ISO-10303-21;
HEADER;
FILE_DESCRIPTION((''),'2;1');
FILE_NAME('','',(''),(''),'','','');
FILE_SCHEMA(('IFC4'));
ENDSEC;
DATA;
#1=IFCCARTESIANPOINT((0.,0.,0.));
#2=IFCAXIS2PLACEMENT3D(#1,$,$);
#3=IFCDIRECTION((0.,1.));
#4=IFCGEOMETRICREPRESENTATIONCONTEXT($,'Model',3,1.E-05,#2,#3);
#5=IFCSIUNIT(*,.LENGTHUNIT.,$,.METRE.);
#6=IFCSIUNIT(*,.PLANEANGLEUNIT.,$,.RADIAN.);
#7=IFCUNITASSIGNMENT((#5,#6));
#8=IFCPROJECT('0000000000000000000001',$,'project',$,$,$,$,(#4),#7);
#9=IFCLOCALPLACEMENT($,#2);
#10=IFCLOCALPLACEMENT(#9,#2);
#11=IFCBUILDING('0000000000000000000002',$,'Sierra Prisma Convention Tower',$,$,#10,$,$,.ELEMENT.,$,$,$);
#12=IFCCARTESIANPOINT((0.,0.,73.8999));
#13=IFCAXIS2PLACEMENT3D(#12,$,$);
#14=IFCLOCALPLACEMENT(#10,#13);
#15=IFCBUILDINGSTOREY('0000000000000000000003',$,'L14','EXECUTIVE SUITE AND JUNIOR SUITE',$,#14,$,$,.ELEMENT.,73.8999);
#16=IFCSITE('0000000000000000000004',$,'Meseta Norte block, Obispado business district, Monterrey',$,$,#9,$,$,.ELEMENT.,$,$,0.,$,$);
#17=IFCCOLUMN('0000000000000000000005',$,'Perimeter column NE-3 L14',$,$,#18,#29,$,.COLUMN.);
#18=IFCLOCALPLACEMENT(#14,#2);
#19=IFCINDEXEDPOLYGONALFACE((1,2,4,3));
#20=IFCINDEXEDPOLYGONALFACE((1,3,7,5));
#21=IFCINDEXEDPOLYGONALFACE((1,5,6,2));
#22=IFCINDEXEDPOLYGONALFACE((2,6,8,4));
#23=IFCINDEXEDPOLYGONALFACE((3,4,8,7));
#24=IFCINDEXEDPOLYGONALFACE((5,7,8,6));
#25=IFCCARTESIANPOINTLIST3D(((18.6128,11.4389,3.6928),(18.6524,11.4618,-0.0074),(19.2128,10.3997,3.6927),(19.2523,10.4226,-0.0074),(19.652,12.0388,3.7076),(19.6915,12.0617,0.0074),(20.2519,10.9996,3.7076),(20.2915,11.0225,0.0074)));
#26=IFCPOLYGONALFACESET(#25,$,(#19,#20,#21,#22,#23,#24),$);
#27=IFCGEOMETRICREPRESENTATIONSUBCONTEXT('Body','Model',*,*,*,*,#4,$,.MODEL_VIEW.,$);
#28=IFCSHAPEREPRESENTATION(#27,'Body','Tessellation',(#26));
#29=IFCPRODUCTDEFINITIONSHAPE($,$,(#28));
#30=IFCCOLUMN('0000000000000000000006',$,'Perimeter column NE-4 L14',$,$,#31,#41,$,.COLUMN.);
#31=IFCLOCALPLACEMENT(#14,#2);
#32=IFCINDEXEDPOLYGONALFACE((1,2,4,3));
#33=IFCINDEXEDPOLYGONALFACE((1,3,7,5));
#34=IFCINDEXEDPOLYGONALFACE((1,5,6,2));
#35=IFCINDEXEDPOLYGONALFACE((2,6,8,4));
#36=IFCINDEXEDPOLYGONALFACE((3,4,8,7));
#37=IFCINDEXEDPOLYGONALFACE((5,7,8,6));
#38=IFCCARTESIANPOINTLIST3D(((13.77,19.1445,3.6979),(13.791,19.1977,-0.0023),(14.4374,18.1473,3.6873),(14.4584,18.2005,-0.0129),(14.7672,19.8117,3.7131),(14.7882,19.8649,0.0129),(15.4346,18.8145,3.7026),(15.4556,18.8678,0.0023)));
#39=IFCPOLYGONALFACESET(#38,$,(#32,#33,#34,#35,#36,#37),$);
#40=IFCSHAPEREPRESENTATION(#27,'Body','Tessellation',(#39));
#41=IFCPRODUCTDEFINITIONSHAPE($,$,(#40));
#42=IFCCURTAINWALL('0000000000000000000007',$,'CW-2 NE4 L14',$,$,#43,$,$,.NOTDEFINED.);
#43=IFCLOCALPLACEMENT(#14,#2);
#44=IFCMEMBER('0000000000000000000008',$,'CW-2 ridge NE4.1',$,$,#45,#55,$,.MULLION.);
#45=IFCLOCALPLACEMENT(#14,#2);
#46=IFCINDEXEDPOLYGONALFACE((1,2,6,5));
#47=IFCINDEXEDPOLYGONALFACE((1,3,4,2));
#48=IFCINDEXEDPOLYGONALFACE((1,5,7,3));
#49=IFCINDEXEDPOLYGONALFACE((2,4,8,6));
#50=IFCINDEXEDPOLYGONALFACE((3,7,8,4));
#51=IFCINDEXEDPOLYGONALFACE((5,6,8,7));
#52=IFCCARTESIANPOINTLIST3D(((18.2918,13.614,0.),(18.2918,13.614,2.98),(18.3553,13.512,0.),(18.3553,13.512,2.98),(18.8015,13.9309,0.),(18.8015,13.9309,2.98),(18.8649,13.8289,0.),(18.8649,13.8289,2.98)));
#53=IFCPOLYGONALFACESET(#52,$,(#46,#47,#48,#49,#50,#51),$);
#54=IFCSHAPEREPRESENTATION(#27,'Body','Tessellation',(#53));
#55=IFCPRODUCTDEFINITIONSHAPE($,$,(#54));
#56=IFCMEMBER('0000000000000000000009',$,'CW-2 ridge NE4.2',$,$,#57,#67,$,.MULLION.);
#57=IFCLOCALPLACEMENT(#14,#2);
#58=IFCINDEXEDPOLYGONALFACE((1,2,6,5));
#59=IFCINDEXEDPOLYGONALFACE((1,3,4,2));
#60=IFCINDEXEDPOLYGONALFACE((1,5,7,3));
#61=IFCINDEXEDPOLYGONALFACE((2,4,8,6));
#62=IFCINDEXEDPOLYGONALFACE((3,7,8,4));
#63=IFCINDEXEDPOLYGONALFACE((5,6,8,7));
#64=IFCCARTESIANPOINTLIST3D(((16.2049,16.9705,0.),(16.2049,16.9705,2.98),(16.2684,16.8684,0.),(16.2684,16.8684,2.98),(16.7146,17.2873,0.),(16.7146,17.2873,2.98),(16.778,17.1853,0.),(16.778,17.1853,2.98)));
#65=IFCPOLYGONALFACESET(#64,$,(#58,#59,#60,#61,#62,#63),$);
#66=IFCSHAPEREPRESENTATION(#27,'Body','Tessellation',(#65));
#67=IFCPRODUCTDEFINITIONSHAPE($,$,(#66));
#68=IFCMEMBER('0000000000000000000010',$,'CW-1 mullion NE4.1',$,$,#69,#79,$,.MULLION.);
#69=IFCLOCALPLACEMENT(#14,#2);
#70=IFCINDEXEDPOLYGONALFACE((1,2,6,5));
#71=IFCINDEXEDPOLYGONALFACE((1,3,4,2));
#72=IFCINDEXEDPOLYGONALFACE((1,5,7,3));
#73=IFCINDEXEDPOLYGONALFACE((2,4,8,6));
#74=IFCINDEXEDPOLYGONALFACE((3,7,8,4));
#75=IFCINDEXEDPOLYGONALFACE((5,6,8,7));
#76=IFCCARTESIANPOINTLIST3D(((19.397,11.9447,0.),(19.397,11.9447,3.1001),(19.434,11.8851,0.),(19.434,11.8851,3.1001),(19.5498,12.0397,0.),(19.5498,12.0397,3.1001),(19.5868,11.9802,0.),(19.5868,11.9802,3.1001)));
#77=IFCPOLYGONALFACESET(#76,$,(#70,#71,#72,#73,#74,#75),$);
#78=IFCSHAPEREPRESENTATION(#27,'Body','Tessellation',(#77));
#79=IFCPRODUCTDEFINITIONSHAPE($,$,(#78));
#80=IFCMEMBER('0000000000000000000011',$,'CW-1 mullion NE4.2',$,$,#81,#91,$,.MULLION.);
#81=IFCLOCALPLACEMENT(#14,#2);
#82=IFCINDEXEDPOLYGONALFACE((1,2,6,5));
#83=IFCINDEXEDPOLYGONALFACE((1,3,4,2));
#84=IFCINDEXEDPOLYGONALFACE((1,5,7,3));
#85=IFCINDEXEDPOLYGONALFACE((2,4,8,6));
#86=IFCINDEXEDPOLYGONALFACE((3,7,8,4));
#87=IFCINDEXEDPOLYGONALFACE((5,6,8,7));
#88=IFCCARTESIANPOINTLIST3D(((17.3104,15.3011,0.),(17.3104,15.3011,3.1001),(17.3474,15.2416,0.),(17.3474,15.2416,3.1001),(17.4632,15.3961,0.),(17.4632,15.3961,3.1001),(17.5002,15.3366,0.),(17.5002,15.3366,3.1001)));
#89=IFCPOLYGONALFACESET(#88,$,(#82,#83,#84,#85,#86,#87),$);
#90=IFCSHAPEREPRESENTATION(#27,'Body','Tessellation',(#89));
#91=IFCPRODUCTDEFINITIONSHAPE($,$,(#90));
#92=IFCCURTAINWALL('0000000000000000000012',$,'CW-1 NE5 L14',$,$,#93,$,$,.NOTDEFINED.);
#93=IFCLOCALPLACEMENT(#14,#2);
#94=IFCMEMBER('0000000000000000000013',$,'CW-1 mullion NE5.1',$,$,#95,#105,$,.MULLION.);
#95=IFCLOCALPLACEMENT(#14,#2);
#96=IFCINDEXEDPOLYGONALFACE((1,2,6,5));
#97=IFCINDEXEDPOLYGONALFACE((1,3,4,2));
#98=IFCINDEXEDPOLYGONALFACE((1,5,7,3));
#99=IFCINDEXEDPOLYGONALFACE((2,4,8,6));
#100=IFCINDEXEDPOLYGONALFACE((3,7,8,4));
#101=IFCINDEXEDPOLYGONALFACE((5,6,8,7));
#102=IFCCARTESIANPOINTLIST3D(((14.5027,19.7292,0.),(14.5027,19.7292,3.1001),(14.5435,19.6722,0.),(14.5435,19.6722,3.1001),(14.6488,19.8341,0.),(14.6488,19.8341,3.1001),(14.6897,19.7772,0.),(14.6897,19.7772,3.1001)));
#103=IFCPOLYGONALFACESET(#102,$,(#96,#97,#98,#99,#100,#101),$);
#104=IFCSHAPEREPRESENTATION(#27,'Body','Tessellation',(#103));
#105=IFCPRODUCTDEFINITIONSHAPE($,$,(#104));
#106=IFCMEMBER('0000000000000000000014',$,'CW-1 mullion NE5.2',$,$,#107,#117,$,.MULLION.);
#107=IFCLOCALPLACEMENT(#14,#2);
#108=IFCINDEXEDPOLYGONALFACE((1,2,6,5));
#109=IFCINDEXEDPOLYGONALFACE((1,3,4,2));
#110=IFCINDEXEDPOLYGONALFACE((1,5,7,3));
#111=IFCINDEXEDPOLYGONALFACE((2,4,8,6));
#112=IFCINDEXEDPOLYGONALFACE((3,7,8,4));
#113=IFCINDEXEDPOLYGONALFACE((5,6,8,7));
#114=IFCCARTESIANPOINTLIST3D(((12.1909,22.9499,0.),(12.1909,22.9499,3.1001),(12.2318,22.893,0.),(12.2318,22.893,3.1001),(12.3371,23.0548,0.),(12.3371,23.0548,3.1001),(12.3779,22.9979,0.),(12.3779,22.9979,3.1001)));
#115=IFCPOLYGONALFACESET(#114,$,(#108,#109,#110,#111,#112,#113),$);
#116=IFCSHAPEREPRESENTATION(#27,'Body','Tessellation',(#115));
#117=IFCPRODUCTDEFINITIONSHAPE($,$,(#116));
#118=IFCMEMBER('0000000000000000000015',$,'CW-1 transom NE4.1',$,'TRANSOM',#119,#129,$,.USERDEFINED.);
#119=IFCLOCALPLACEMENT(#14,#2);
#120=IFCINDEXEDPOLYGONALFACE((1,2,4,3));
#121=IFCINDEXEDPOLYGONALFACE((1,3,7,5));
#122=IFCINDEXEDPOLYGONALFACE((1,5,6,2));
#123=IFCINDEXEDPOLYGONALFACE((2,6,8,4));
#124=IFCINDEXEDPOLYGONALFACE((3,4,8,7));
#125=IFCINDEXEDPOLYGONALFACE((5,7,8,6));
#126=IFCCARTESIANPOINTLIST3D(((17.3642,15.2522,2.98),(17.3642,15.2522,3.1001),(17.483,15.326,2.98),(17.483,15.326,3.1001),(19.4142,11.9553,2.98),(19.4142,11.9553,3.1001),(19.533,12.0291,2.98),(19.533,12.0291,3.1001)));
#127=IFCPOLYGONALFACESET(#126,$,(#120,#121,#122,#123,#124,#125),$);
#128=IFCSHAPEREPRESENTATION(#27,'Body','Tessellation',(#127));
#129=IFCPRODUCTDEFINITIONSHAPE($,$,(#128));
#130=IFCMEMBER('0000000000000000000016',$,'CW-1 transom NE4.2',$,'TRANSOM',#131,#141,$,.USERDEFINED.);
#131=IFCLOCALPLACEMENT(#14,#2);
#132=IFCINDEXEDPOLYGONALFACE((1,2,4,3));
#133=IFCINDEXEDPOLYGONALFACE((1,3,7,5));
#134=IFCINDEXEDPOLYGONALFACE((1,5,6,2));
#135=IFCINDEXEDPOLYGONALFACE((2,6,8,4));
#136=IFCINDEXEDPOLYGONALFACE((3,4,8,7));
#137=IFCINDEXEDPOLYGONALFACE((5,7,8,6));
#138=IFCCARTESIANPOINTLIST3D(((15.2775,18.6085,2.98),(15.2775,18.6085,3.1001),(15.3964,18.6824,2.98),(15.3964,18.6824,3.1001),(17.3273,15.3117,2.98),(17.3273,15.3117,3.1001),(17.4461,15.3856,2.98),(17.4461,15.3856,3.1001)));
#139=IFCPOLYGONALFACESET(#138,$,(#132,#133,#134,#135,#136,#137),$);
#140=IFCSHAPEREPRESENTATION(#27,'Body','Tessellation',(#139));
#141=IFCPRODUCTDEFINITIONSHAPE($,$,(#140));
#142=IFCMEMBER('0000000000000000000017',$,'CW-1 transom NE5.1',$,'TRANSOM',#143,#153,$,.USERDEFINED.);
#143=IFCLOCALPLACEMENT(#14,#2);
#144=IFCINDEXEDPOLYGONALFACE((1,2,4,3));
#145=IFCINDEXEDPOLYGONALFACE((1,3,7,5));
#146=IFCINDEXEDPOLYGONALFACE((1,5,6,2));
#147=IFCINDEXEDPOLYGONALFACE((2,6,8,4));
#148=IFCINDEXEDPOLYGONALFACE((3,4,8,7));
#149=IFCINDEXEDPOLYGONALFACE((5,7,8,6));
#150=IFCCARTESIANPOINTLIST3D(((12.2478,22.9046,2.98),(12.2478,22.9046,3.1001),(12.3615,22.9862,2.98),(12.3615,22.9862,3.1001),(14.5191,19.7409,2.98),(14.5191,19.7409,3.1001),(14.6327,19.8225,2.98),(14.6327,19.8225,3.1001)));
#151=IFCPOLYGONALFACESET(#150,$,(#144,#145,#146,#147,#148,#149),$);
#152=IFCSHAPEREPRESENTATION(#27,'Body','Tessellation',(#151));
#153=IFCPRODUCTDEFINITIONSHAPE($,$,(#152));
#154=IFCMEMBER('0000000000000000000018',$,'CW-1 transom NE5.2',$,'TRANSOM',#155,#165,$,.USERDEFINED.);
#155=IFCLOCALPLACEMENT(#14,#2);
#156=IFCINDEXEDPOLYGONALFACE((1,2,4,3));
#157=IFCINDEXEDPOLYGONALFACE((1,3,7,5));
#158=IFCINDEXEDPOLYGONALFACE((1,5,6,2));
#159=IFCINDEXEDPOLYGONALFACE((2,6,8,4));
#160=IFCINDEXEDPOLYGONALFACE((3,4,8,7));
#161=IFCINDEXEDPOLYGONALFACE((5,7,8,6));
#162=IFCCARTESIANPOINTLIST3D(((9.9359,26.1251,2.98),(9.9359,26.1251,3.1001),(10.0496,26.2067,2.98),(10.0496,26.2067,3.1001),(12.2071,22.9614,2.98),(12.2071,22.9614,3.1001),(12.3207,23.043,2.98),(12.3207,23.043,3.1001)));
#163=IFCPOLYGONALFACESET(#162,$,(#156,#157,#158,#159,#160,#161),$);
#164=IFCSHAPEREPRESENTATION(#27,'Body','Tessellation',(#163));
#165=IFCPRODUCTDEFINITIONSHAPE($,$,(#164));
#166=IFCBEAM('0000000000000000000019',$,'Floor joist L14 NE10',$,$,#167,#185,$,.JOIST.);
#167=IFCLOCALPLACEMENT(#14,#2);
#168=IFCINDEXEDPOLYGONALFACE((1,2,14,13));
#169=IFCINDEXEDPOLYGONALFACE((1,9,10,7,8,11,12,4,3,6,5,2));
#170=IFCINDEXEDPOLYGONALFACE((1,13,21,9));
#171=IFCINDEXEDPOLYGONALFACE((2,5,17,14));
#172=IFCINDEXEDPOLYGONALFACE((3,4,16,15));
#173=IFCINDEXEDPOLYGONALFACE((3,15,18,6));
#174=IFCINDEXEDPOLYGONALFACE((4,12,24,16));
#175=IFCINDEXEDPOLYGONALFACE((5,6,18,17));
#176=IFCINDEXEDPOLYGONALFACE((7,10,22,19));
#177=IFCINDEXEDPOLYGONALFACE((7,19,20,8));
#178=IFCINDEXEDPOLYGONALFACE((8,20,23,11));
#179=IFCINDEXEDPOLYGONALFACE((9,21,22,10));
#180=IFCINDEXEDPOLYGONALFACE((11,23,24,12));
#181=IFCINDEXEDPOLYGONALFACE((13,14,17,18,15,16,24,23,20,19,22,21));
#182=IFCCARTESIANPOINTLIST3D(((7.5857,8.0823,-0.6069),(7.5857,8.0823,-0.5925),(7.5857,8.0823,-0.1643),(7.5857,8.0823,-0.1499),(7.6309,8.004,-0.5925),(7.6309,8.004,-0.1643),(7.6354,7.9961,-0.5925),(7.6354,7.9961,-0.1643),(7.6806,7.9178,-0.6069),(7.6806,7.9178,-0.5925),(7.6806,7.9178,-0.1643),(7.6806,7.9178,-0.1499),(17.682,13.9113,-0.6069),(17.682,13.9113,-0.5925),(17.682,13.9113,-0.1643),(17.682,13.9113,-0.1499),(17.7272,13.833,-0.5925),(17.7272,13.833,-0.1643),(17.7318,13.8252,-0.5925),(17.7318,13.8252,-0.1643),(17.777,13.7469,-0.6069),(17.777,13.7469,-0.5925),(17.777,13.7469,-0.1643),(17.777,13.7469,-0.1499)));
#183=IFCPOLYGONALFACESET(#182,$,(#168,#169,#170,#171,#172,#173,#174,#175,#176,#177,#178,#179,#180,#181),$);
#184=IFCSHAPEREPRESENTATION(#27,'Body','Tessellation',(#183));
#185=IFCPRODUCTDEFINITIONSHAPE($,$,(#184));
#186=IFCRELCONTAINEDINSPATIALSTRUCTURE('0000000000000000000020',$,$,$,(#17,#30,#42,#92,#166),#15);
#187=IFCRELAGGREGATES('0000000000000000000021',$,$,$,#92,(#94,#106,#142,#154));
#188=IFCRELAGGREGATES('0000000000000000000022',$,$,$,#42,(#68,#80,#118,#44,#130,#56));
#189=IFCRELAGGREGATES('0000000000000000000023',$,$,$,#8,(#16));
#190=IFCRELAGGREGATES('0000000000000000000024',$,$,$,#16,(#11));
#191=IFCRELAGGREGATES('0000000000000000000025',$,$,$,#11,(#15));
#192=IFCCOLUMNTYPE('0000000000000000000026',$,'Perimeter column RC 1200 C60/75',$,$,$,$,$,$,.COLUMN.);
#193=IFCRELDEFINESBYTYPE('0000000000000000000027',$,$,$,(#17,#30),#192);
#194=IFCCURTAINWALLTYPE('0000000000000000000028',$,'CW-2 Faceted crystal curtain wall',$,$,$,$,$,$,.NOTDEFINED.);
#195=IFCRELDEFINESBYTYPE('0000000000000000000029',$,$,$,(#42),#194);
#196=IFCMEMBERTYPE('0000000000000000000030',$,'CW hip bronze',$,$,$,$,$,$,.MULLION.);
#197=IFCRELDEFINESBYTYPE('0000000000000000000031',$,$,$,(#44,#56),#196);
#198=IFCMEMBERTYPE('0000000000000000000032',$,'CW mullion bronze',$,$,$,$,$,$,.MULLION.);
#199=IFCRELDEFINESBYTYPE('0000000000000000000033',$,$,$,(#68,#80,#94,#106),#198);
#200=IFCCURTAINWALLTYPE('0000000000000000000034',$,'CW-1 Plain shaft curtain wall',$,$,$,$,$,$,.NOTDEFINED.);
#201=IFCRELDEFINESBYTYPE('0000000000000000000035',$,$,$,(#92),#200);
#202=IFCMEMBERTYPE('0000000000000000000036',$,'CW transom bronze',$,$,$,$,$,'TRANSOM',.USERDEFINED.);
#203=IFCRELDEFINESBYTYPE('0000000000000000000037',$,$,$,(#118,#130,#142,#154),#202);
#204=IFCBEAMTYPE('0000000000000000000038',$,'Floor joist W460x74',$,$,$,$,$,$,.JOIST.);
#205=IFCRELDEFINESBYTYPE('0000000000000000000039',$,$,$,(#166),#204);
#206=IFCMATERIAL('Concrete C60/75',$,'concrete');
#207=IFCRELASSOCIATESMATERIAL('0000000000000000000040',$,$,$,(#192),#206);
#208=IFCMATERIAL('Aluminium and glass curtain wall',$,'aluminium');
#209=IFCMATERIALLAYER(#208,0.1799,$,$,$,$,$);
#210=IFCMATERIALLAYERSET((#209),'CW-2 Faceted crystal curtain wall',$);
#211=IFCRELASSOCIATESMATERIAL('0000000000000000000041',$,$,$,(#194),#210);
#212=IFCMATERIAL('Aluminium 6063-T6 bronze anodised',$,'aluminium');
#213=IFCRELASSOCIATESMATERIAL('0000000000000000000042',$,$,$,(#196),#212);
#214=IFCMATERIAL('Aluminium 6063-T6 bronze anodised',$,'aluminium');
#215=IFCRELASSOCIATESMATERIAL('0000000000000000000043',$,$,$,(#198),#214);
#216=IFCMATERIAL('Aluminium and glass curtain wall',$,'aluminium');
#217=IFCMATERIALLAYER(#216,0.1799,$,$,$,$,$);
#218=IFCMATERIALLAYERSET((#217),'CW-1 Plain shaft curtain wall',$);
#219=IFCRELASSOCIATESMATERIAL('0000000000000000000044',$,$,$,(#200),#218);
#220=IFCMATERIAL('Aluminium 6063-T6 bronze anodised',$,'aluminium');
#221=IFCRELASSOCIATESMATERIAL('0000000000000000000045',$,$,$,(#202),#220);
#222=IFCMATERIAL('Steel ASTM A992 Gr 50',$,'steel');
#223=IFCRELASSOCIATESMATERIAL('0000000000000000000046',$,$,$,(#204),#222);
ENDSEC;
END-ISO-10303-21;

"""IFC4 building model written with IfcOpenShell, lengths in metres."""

from ifc_helpers import new_model, si_unit, direction, frame, origin, origin_2d, place, context, subcontext, project, spatial, rectangle, i_section, extrude, material, layer, layer_set, material_profile, profile_set, type_object, element, aggregate, save


model = new_model("IFC4")

# Units and contexts
model_context = context("Model", 3, precision=1e-05, world=origin(), true_north=direction((0.0, 1.0)))
body_context = subcontext(model_context, "Body", "Model", "MODEL_VIEW")
ifc_project = project(units=[si_unit("LENGTHUNIT", "METRE"), si_unit("PLANEANGLEUNIT", "RADIAN")], contexts=[model_context])

# Site, building, storey
site_placement = place(None, origin())
site = spatial("IfcSite", under=ifc_project, at=site_placement, Name="Meseta Norte block, Obispado business district, Monterrey", CompositionType="ELEMENT", RefElevation=0.0)
building_placement = place(site_placement, origin())
building = spatial("IfcBuilding", under=site, at=building_placement, Name="Sierra Prisma Convention Tower", CompositionType="ELEMENT")
storey_placement = place(building_placement, frame((0.0, 0.0, 73.8999)))
storey = spatial("IfcBuildingStorey", under=building, at=storey_placement, Name="L14", Description="EXECUTIVE SUITE AND JUNIOR SUITE", CompositionType="ELEMENT", Elevation=73.8999)

# Columns
ifc_material_1 = material(Name="Concrete C60/75", Category="concrete")
ifc_material_profile_1 = material_profile(ifc_material_1, rectangle(XDim=1.2, YDim=1.2, at=origin_2d()), Name="Perimeter column RC 1200 C60/75")
ifc_profile_set_1 = profile_set([ifc_material_profile_1], Name="Concrete C60/75")
column_type = type_object("IfcColumnType", Name="Perimeter column RC 1200 C60/75", PredefinedType="COLUMN", material=ifc_profile_set_1)
column_1_placement = place(storey_placement, frame((19.4719, 11.2422, 0.0), z_axis=(-0.010688, -0.006202, 0.999924), x_axis=(-0.499971, 0.866042, 0.000027)))
element("IfcColumn", 1, at=column_1_placement, inside=storey, type_object=column_type, Name="Perimeter column NE-3 L14", PredefinedType="COLUMN", context=body_context, shape_type="SweptSolid", body=[
    extrude(rectangle(XDim=1.2, YDim=1.2, at=origin_2d()), origin(), (0.0, 0.0, 1.0), 3.7004),
])
column_2_placement = place(storey_placement, frame((14.6233, 19.0327, 0.0), z_axis=(-0.005674, -0.014382, 0.99988), x_axis=(-0.556182, 0.831014, 0.008797)))
element("IfcColumn", 2, at=column_2_placement, inside=storey, type_object=column_type, Name="Perimeter column NE-4 L14", PredefinedType="COLUMN", context=body_context, shape_type="SweptSolid", body=[
    extrude(rectangle(XDim=1.2, YDim=1.2, at=origin_2d()), origin(), (0.0, 0.0, 1.0), 3.7007),
])

# Curtain walls, members
ifc_material_2 = material(Name="Aluminium and glass curtain wall", Category="aluminium")
ifc_layer_1 = layer(ifc_material_2, 0.1799)
ifc_layer_set_1 = layer_set([ifc_layer_1], Name="CW-2 Faceted crystal curtain wall")
curtain_wall_type_1 = type_object("IfcCurtainWallType", Name="CW-2 Faceted crystal curtain wall", PredefinedType="NOTDEFINED", material=ifc_layer_set_1)
curtain_wall_1_placement = place(storey_placement, origin())
curtain_wall_1 = element("IfcCurtainWall", 3, at=curtain_wall_1_placement, inside=storey, type_object=curtain_wall_type_1, Name="CW-2 NE4 L14", PredefinedType="NOTDEFINED")
ifc_material_3 = material(Name="Aluminium 6063-T6 bronze anodised", Category="aluminium")
ifc_material_profile_2 = material_profile(ifc_material_3, rectangle(XDim=0.1201, YDim=0.6001, at=origin_2d()), Name="ALU RIDGE BLADE 120x600")
ifc_profile_set_2 = profile_set([ifc_material_profile_2], Name="Aluminium 6063-T6 bronze anodised")
member_type_1 = type_object("IfcMemberType", Name="CW hip bronze", PredefinedType="MULLION", material=ifc_profile_set_2)
member_1_placement = place(storey_placement, frame((18.5784, 13.7214, 0.0), z_axis=(0.0, 0.0, 1.0), x_axis=(-0.528011, 0.849237, 0.0)))
member_1 = element("IfcMember", 4, at=member_1_placement, type_object=member_type_1, Name="CW-2 ridge NE4.1", PredefinedType="MULLION", context=body_context, shape_type="SweptSolid", body=[
    extrude(rectangle(XDim=0.1201, YDim=0.6001, at=origin_2d()), origin(), (0.0, 0.0, 1.0), 2.98),
])
member_2_placement = place(storey_placement, frame((16.4915, 17.0779, 0.0), z_axis=(0.0, 0.0, 1.0), x_axis=(-0.528011, 0.849237, 0.0)))
member_2 = element("IfcMember", 5, at=member_2_placement, type_object=member_type_1, Name="CW-2 ridge NE4.2", PredefinedType="MULLION", context=body_context, shape_type="SweptSolid", body=[
    extrude(rectangle(XDim=0.1201, YDim=0.6001, at=origin_2d()), origin(), (0.0, 0.0, 1.0), 2.98),
])
ifc_material_4 = material(Name="Aluminium 6063-T6 bronze anodised", Category="aluminium")
ifc_material_profile_3 = material_profile(ifc_material_4, rectangle(XDim=0.1799, YDim=0.0701, at=origin_2d()), Name="ALU MULLION 70x180")
ifc_profile_set_3 = profile_set([ifc_material_profile_3], Name="Aluminium 6063-T6 bronze anodised")
member_type_2 = type_object("IfcMemberType", Name="CW mullion bronze", PredefinedType="MULLION", material=ifc_profile_set_3)
member_3_placement = place(storey_placement, frame((19.4919, 11.9624, 0.0), z_axis=(0.0, 0.0, 1.0), x_axis=(-0.849237, -0.528011, 0.0)))
member_3 = element("IfcMember", 6, at=member_3_placement, type_object=member_type_2, Name="CW-1 mullion NE4.1", PredefinedType="MULLION", context=body_context, shape_type="SweptSolid", body=[
    extrude(rectangle(XDim=0.1799, YDim=0.0701, at=origin_2d()), origin(), (0.0, 0.0, 1.0), 3.1001),
])
member_4_placement = place(storey_placement, frame((17.4053, 15.3188, 0.0), z_axis=(0.0, 0.0, 1.0), x_axis=(-0.849237, -0.528011, 0.0)))
member_4 = element("IfcMember", 7, at=member_4_placement, type_object=member_type_2, Name="CW-1 mullion NE4.2", PredefinedType="MULLION", context=body_context, shape_type="SweptSolid", body=[
    extrude(rectangle(XDim=0.1799, YDim=0.0701, at=origin_2d()), origin(), (0.0, 0.0, 1.0), 3.1001),
])
ifc_material_5 = material(Name="Aluminium and glass curtain wall", Category="aluminium")
ifc_layer_2 = layer(ifc_material_5, 0.1799)
ifc_layer_set_2 = layer_set([ifc_layer_2], Name="CW-1 Plain shaft curtain wall")
curtain_wall_type_2 = type_object("IfcCurtainWallType", Name="CW-1 Plain shaft curtain wall", PredefinedType="NOTDEFINED", material=ifc_layer_set_2)
curtain_wall_2_placement = place(storey_placement, origin())
curtain_wall_2 = element("IfcCurtainWall", 8, at=curtain_wall_2_placement, inside=storey, type_object=curtain_wall_type_2, Name="CW-1 NE5 L14", PredefinedType="NOTDEFINED")
member_5_placement = place(storey_placement, frame((14.5962, 19.7532, 0.0), z_axis=(0.0, 0.0, 1.0), x_axis=(-0.812348, -0.583174, 0.0)))
member_5 = element("IfcMember", 9, at=member_5_placement, type_object=member_type_2, Name="CW-1 mullion NE5.1", PredefinedType="MULLION", context=body_context, shape_type="SweptSolid", body=[
    extrude(rectangle(XDim=0.1799, YDim=0.0701, at=origin_2d()), origin(), (0.0, 0.0, 1.0), 3.1001),
])
member_6_placement = place(storey_placement, frame((12.2844, 22.9739, 0.0), z_axis=(0.0, 0.0, 1.0), x_axis=(-0.812348, -0.583174, 0.0)))
member_6 = element("IfcMember", 10, at=member_6_placement, type_object=member_type_2, Name="CW-1 mullion NE5.2", PredefinedType="MULLION", context=body_context, shape_type="SweptSolid", body=[
    extrude(rectangle(XDim=0.1799, YDim=0.0701, at=origin_2d()), origin(), (0.0, 0.0, 1.0), 3.1001),
])

# Members
ifc_material_6 = material(Name="Aluminium 6063-T6 bronze anodised", Category="aluminium")
ifc_material_profile_4 = material_profile(ifc_material_6, rectangle(XDim=0.1399, YDim=0.1201, at=origin_2d()), Name="ALU TRANSOM 120x140")
ifc_profile_set_4 = profile_set([ifc_material_profile_4], Name="Aluminium 6063-T6 bronze anodised")
member_type_3 = type_object("IfcMemberType", Name="CW transom bronze", ElementType="TRANSOM", PredefinedType="USERDEFINED", material=ifc_profile_set_4)
member_7_placement = place(storey_placement, frame((19.4736, 11.9922, 3.04), z_axis=(-0.528053, 0.849211, 0.0), x_axis=(-0.849211, -0.528053, 0.0)))
member_7 = element("IfcMember", 11, at=member_7_placement, type_object=member_type_3, Name="CW-1 transom NE4.1", ObjectType="TRANSOM", PredefinedType="USERDEFINED", context=body_context, shape_type="SweptSolid", body=[
    extrude(rectangle(XDim=0.1399, YDim=0.1201, at=origin_2d()), origin(), (0.0, 0.0, 1.0), 3.8823),
])
member_8_placement = place(storey_placement, frame((17.3867, 15.3486, 3.04), z_axis=(-0.528008, 0.84924, 0.0), x_axis=(-0.84924, -0.528008, 0.0)))
member_8 = element("IfcMember", 12, at=member_8_placement, type_object=member_type_3, Name="CW-1 transom NE4.2", ObjectType="TRANSOM", PredefinedType="USERDEFINED", context=body_context, shape_type="SweptSolid", body=[
    extrude(rectangle(XDim=0.1399, YDim=0.1201, at=origin_2d()), origin(), (0.0, 0.0, 1.0), 3.8821),
])
member_9_placement = place(storey_placement, frame((14.5759, 19.7817, 3.04), z_axis=(-0.583199, 0.812329, 0.0), x_axis=(-0.812329, -0.583199, 0.0)))
member_9 = element("IfcMember", 13, at=member_9_placement, type_object=member_type_3, Name="CW-1 transom NE5.1", ObjectType="TRANSOM", PredefinedType="USERDEFINED", context=body_context, shape_type="SweptSolid", body=[
    extrude(rectangle(XDim=0.1399, YDim=0.1201, at=origin_2d()), origin(), (0.0, 0.0, 1.0), 3.8945),
])
member_10_placement = place(storey_placement, frame((12.2639, 23.0022, 3.04), z_axis=(-0.58317, 0.81235, 0.0), x_axis=(-0.81235, -0.58317, 0.0)))
member_10 = element("IfcMember", 14, at=member_10_placement, type_object=member_type_3, Name="CW-1 transom NE5.2", ObjectType="TRANSOM", PredefinedType="USERDEFINED", context=body_context, shape_type="SweptSolid", body=[
    extrude(rectangle(XDim=0.1399, YDim=0.1201, at=origin_2d()), origin(), (0.0, 0.0, 1.0), 3.8945),
])

# Beam
ifc_material_7 = material(Name="Steel ASTM A992 Gr 50", Category="steel")
ifc_material_profile_5 = material_profile(ifc_material_7, i_section(OverallWidth=0.1899, OverallDepth=0.457, WebThickness=0.009, FlangeThickness=0.0144, at=origin_2d()), Name="W460x74")
ifc_profile_set_5 = profile_set([ifc_material_profile_5], Name="Steel ASTM A992 Gr 50")
beam_type_1 = type_object("IfcBeamType", Name="Floor joist W460x74", PredefinedType="JOIST", material=ifc_profile_set_5)
beam_1_placement = place(storey_placement, frame((17.7295, 13.8291, -0.3784), z_axis=(-0.866028, -0.499995, 0.0), x_axis=(0.499995, -0.866028, 0.0)))
element("IfcBeam", 15, at=beam_1_placement, inside=storey, type_object=beam_type_1, Name="Floor joist L14 NE10", PredefinedType="JOIST", context=body_context, shape_type="SweptSolid", body=[
    extrude(i_section(OverallWidth=0.1899, OverallDepth=0.457, WebThickness=0.009, FlangeThickness=0.0144, at=origin_2d()), origin(), (0.0, 0.0, 1.0), 11.6582),
])

aggregate(curtain_wall_2, [member_5, member_6, member_9, member_10])
aggregate(curtain_wall_1, [member_3, member_4, member_7, member_1, member_8, member_2])

save(model, "model.ifc")
